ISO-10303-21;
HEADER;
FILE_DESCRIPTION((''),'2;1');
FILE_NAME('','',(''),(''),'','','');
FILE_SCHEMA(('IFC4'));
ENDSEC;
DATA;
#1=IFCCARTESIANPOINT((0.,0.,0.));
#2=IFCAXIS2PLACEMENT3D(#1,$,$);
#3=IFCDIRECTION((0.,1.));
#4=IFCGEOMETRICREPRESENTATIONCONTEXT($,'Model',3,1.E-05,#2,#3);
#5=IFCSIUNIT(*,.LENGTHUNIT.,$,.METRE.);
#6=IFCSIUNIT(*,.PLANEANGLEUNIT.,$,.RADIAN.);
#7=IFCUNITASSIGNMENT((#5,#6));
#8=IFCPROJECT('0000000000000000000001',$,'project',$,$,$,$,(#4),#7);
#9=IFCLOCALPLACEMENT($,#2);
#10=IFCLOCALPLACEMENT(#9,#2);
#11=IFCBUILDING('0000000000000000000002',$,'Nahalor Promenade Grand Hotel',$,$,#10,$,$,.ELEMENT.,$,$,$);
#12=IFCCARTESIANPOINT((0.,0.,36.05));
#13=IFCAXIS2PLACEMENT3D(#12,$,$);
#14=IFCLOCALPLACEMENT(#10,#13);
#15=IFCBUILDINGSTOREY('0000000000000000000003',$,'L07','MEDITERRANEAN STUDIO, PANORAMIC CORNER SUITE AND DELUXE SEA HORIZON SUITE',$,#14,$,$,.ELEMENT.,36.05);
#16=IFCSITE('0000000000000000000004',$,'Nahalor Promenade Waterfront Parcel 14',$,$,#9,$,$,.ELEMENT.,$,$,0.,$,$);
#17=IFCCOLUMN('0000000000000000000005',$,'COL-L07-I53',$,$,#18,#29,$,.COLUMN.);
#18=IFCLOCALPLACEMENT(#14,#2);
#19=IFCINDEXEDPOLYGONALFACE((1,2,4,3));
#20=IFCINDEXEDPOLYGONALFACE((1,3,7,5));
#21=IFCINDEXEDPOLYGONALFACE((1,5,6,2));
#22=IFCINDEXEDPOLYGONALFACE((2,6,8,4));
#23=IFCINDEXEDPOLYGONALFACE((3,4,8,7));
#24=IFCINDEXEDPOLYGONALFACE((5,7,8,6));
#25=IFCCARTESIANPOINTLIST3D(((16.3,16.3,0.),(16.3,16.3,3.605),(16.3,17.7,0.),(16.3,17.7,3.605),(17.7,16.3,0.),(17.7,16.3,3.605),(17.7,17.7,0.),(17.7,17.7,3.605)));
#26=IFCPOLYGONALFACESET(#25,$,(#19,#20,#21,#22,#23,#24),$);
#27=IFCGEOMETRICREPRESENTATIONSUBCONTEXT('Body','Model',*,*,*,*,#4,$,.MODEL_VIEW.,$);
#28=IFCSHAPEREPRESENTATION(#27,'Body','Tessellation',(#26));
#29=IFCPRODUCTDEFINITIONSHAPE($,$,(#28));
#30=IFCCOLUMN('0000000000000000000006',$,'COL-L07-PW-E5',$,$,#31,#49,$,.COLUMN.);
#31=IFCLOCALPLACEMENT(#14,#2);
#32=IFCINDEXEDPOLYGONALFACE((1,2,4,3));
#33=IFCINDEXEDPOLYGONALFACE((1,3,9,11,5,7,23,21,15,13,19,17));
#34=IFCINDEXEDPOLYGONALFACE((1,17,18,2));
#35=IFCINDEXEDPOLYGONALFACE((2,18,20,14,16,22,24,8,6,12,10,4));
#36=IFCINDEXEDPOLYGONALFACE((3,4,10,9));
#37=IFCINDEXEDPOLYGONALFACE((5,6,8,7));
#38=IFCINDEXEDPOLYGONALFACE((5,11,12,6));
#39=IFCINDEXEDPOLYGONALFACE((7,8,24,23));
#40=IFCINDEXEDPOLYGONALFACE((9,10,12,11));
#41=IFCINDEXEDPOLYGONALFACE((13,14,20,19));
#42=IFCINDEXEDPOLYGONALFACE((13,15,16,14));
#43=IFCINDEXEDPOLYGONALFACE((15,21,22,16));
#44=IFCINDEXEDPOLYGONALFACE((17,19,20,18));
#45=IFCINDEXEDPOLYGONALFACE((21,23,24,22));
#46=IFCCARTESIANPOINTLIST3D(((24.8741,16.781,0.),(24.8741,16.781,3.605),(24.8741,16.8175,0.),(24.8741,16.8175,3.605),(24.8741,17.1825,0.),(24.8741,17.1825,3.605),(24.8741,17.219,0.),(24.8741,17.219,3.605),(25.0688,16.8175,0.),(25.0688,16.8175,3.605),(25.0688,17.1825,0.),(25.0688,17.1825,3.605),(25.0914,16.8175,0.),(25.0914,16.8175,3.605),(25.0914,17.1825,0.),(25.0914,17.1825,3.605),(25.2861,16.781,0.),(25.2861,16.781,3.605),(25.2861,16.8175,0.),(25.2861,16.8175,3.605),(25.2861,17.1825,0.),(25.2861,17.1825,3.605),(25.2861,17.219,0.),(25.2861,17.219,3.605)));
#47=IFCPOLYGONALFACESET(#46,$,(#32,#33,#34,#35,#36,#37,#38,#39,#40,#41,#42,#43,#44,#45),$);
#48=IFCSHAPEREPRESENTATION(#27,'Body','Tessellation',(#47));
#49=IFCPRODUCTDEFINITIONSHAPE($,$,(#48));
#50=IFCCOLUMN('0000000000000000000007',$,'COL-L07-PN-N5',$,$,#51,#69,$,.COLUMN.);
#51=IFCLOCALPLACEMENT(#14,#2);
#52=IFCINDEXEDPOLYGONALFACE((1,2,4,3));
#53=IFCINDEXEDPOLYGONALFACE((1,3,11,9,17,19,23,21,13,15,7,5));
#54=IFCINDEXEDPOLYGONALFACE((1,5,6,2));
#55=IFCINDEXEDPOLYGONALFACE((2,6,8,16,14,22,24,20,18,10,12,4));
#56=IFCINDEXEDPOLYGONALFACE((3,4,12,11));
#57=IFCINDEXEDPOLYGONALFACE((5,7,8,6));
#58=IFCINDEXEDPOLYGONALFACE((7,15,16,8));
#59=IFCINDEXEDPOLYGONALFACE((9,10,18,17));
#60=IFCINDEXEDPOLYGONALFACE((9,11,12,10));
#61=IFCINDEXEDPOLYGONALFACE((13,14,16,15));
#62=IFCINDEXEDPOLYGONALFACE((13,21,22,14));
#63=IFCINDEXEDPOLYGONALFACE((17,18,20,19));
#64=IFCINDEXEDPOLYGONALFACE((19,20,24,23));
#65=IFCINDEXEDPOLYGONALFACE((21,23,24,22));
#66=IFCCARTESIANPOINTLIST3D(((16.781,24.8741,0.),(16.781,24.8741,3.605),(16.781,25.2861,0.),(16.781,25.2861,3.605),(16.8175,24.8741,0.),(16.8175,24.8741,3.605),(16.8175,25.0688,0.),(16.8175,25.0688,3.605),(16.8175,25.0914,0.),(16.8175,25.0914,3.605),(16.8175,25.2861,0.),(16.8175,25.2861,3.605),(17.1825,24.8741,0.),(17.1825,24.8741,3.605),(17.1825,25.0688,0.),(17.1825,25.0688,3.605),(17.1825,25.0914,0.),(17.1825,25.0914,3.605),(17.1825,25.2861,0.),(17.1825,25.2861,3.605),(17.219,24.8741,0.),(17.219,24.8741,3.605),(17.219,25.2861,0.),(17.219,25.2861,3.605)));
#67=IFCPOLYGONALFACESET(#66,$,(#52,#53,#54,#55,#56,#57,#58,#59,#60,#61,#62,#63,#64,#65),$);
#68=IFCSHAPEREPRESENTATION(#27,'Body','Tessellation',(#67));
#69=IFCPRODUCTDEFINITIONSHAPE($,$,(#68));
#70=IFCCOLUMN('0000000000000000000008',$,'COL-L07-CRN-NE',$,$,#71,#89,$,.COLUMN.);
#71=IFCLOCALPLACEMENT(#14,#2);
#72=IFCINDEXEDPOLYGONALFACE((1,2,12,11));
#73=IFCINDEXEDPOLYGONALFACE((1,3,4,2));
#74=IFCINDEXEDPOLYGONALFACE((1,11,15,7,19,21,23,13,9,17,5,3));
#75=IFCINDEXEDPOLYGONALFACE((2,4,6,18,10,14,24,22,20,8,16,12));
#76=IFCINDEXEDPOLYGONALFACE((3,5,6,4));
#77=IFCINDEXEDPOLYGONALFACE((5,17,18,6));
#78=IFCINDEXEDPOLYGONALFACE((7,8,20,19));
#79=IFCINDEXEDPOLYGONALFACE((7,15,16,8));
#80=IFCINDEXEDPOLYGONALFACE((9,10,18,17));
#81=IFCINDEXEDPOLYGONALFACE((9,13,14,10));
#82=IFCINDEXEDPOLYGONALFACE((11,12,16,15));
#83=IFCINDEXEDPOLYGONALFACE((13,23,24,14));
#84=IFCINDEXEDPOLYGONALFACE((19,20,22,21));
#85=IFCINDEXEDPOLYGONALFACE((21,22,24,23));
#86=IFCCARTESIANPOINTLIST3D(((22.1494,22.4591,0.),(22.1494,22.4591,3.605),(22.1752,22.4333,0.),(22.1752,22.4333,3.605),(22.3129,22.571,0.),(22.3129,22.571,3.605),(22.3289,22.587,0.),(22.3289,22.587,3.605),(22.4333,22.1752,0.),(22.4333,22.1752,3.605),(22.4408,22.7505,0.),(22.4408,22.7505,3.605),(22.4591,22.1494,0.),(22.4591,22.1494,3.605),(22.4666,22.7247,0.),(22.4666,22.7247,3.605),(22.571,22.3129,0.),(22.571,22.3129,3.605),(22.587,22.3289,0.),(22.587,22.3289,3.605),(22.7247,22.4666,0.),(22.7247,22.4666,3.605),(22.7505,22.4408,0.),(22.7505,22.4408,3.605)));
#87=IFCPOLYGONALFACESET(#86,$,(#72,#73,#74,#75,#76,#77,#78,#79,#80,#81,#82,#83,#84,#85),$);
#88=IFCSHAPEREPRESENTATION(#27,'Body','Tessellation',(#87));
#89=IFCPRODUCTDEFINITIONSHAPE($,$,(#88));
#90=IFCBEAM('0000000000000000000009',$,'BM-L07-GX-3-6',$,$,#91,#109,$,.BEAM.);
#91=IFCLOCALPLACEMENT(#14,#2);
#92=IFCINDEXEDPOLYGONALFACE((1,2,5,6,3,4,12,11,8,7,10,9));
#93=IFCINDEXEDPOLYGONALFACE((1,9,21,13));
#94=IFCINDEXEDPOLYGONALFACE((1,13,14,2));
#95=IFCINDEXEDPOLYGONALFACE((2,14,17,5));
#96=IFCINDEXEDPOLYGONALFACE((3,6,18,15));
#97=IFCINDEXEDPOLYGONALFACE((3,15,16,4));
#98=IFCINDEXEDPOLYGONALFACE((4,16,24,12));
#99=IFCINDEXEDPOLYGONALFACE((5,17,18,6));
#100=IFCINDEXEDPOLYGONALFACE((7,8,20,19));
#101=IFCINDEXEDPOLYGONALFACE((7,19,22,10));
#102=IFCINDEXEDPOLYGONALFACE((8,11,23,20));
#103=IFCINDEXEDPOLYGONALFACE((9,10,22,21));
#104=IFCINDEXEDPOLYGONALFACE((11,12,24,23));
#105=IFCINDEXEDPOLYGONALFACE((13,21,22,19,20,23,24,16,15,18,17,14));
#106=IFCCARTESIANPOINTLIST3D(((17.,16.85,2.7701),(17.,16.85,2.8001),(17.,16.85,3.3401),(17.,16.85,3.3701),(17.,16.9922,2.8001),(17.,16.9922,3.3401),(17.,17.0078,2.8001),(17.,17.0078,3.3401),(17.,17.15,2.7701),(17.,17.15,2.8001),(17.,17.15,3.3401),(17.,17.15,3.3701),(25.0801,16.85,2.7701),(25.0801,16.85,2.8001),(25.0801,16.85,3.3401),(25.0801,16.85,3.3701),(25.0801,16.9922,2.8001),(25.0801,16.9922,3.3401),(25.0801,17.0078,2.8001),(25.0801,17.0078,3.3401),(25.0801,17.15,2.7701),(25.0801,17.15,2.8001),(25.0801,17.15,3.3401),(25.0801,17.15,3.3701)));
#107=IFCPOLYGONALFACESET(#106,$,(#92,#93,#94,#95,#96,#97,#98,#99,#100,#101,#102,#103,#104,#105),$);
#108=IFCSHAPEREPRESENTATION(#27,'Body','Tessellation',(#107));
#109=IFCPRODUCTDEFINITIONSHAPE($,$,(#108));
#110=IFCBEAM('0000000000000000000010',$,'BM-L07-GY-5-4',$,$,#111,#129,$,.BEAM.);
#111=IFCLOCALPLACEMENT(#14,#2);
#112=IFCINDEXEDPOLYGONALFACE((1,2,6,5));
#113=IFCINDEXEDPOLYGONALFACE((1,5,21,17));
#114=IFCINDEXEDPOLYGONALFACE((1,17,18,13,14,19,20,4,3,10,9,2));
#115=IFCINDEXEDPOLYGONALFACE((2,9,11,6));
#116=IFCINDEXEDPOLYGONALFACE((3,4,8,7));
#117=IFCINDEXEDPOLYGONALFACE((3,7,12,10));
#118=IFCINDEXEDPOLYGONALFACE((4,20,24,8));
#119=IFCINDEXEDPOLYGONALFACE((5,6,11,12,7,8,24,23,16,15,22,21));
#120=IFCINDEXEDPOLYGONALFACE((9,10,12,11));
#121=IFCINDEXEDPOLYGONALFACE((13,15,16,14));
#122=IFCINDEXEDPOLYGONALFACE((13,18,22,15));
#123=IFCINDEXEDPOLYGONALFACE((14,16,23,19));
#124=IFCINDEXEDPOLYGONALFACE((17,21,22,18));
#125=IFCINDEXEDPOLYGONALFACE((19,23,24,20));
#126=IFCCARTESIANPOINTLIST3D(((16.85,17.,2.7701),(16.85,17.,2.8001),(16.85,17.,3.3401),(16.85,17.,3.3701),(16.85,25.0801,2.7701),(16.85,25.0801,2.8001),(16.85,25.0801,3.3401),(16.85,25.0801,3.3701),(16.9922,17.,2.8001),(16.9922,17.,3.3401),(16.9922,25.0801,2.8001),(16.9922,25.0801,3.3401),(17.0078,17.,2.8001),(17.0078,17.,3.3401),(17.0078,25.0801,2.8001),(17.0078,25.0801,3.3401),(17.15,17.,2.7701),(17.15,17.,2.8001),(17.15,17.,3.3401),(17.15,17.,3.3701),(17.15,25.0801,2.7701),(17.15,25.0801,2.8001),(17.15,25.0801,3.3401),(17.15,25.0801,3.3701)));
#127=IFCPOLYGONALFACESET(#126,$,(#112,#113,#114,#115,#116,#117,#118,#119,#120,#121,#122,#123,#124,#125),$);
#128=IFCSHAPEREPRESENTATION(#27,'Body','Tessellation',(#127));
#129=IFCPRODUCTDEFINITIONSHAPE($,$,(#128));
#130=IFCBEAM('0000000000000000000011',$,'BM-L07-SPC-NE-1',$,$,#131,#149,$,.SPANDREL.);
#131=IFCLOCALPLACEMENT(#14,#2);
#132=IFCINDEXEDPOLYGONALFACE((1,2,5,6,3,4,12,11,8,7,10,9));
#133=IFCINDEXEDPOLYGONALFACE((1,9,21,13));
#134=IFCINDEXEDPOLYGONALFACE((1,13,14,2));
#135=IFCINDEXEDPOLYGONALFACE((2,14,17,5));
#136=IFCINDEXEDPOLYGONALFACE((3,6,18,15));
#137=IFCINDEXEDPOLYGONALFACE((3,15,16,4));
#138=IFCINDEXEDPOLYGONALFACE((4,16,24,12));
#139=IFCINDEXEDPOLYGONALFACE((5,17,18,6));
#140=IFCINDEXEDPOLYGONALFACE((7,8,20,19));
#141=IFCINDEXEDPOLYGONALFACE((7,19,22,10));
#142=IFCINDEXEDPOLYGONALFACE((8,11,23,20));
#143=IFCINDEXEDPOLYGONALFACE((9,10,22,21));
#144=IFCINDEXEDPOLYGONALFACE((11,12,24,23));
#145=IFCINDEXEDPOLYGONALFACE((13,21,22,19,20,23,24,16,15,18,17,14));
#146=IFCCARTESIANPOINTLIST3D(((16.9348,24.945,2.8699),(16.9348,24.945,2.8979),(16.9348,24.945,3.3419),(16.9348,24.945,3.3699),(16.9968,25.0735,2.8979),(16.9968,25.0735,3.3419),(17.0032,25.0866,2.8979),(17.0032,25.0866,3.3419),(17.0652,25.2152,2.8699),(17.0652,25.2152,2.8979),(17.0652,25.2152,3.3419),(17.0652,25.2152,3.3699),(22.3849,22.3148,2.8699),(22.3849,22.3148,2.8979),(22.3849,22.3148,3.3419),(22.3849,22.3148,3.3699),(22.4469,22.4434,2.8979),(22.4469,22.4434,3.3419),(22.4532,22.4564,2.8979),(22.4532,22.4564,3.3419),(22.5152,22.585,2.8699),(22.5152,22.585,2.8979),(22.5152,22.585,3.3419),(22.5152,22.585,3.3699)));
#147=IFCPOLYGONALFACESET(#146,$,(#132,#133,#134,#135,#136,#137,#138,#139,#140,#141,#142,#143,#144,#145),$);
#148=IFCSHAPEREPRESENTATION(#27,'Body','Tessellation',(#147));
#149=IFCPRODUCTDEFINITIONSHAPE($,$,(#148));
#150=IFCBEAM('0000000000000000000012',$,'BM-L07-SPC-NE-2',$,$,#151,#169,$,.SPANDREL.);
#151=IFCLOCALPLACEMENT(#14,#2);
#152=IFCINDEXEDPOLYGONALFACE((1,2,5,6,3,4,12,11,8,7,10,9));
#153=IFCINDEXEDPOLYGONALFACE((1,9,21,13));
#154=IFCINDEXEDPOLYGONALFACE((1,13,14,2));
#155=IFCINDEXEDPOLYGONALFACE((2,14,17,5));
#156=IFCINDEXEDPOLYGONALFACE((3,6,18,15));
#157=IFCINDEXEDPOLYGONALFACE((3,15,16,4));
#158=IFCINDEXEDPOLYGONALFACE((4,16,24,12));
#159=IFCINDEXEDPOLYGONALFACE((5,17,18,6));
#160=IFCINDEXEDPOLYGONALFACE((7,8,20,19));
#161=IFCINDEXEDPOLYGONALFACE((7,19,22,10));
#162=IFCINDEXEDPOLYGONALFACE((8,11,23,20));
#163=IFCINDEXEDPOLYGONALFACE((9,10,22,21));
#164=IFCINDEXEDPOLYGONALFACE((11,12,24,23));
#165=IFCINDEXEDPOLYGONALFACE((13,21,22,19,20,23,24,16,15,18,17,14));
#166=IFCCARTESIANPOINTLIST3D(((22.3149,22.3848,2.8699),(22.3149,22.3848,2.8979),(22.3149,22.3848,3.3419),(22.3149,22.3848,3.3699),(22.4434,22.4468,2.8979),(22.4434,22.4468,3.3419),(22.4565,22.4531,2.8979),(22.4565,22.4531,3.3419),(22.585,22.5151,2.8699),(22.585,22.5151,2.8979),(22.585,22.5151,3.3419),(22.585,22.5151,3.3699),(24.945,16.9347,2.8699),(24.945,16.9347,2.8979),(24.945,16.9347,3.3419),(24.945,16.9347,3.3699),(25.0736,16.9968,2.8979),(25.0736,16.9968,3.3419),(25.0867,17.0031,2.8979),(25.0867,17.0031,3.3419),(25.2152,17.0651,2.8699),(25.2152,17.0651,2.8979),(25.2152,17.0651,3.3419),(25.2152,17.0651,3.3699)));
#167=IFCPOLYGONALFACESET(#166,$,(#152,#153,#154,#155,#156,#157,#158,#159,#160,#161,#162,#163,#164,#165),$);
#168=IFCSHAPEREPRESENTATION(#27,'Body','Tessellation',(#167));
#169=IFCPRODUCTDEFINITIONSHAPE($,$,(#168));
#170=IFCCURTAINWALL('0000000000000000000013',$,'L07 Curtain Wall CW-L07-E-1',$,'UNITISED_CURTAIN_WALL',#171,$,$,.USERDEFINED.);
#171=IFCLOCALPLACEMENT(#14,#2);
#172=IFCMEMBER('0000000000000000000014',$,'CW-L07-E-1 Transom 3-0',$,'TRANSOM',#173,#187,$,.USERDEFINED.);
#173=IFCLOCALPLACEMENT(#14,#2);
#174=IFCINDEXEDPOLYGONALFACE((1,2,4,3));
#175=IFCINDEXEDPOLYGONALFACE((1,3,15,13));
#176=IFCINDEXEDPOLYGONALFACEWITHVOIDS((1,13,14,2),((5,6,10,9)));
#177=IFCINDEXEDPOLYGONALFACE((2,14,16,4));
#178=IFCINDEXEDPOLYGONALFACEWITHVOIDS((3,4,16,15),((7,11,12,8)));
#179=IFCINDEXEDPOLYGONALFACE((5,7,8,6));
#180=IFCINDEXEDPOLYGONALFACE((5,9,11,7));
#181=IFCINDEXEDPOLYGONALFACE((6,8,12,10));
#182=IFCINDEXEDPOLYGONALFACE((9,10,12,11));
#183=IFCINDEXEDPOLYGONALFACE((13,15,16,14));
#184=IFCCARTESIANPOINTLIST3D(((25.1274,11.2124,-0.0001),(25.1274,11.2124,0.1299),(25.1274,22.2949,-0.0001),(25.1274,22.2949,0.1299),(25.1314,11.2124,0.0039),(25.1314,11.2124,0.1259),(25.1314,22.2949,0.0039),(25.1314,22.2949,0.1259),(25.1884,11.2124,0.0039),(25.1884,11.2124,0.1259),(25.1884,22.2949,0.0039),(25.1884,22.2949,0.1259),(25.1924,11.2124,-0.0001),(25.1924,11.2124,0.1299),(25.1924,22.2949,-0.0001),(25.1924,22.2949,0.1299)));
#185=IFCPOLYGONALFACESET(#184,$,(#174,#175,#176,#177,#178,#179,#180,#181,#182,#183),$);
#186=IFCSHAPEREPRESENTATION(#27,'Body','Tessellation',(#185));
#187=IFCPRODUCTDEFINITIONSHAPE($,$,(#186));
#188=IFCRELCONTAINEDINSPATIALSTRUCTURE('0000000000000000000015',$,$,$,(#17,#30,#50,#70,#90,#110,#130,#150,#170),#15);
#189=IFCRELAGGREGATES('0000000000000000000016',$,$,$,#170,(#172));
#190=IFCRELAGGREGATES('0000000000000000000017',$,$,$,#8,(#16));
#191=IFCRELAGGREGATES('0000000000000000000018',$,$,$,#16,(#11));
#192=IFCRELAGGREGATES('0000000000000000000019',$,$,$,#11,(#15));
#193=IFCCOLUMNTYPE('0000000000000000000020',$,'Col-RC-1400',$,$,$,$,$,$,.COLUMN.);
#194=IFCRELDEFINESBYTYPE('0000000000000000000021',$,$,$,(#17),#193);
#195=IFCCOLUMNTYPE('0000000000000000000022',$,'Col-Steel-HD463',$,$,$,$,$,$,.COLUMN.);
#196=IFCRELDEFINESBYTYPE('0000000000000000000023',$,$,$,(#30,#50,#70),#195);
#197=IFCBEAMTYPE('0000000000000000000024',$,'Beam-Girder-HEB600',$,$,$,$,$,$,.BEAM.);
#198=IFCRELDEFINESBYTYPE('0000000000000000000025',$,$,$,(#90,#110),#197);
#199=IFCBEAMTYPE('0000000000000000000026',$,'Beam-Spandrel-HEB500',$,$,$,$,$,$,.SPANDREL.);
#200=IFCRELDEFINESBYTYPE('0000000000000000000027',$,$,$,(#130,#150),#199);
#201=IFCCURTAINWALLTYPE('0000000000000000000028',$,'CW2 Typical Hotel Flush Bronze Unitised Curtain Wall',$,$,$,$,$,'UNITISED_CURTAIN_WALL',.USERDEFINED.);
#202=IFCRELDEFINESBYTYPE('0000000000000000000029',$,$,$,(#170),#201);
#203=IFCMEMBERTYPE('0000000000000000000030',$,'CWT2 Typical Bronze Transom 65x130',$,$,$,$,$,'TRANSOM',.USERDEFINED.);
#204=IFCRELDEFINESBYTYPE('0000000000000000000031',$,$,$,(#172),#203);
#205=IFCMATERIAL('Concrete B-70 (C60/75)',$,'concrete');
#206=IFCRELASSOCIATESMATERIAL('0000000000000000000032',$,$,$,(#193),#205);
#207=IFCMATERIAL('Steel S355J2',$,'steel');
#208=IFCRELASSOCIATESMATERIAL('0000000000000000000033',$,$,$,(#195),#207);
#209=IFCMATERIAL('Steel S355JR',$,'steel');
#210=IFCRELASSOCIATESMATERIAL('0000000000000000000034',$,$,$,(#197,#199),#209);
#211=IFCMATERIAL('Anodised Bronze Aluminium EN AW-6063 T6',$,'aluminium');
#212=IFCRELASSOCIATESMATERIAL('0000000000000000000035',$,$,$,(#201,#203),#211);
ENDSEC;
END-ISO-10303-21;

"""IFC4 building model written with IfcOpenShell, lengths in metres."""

from ifc_helpers import new_model, si_unit, direction, frame, origin, origin_2d, place, context, subcontext, project, spatial, rectangle, hollow_rectangle, i_section, extrude, source, transform, mapped, material, material_profile, profile_set, type_object, element, aggregate, save


model = new_model("IFC4")

# Units and contexts
model_context = context("Model", 3, precision=1e-05, world=origin(), true_north=direction((0.0, 1.0)))
body_context = subcontext(model_context, "Body", "Model", "MODEL_VIEW")
ifc_project = project(units=[si_unit("LENGTHUNIT", "METRE"), si_unit("PLANEANGLEUNIT", "RADIAN")], contexts=[model_context])

# Site, building, storey
site_placement = place(None, origin())
site = spatial("IfcSite", under=ifc_project, at=site_placement, Name="Nahalor Promenade Waterfront Parcel 14", CompositionType="ELEMENT", RefElevation=0.0)
building_placement = place(site_placement, origin())
building = spatial("IfcBuilding", under=site, at=building_placement, Name="Nahalor Promenade Grand Hotel", CompositionType="ELEMENT")
storey_placement = place(building_placement, frame((0.0, 0.0, 36.05)))
storey = spatial("IfcBuildingStorey", under=building, at=storey_placement, Name="L07", Description="MEDITERRANEAN STUDIO, PANORAMIC CORNER SUITE AND DELUXE SEA HORIZON SUITE", CompositionType="ELEMENT", Elevation=36.05)

# Columns
ifc_material_1 = material(Name="Concrete B-70 (C60/75)", Category="concrete")
ifc_material_profile_1 = material_profile(ifc_material_1, rectangle(XDim=1.4, YDim=1.4, at=origin_2d()), Name="RC 1400x1400")
ifc_profile_set_1 = profile_set([ifc_material_profile_1], Name="Concrete B-70 (C60/75)")
column_type_1 = type_object("IfcColumnType", Name="Col-RC-1400", PredefinedType="COLUMN", material=ifc_profile_set_1)
shared_shape_1 = source(origin(), body_context, "Body", "SweptSolid", [
    extrude(rectangle(XDim=1.4, YDim=1.4, at=origin_2d()), origin(), (0.0, 0.0, 1.0), 3.605),
])
column_placement = place(storey_placement, frame((17.0, 17.0, 0.0), z_axis=(0.0, 0.0, 1.0), x_axis=(1.0, 0.0, 0.0)))
element("IfcColumn", 1, at=column_placement, inside=storey, type_object=column_type_1, Name="COL-L07-I53", PredefinedType="COLUMN", context=body_context, shape_type="MappedRepresentation", body=[
    mapped(shared_shape_1, transform((0.0, 0.0, 0.0), scale=1.0)),
])
ifc_material_2 = material(Name="Steel S355J2", Category="steel")
ifc_material_profile_2 = material_profile(ifc_material_2, i_section(OverallWidth=0.412, OverallDepth=0.438, WebThickness=0.0226, FlangeThickness=0.0365, at=origin_2d()), Name="HD 400x463")
ifc_profile_set_2 = profile_set([ifc_material_profile_2], Name="Steel S355J2")
column_type_2 = type_object("IfcColumnType", Name="Col-Steel-HD463", PredefinedType="COLUMN", material=ifc_profile_set_2)
shared_shape_2 = source(origin(), body_context, "Body", "SweptSolid", [
    extrude(i_section(OverallWidth=0.412, OverallDepth=0.438, WebThickness=0.0226, FlangeThickness=0.0365, at=origin_2d()), origin(), (0.0, 0.0, 1.0), 3.605),
])
for number, where, z_axis, x_axis, name in (
    (2, (25.0801, 17.0, 0.0), (0.0, 0.0, 1.0), (1.0, 0.0, 0.0), "COL-L07-PW-E5"),
    (3, (17.0, 25.0801, 0.0), (0.0, 0.0, 1.0), (0.0, 1.0, 0.0), "COL-L07-PN-N5"),
    (4, (22.45, 22.45, 0.0), (0.0, 0.0, 1.0), (0.707107, 0.707107, 0.0), "COL-L07-CRN-NE"),
):
    element("IfcColumn", number, at=place(storey_placement, frame(where, z_axis=z_axis, x_axis=x_axis)), inside=storey, type_object=column_type_2, Name=name, PredefinedType="COLUMN", context=body_context, shape_type="MappedRepresentation", body=[
        mapped(shared_shape_2, transform((0.0, 0.0, 0.0), scale=1.0)),
    ])

# Beams
ifc_material_3 = material(Name="Steel S355JR", Category="steel")
ifc_material_profile_3 = material_profile(ifc_material_3, i_section(OverallWidth=0.3, OverallDepth=0.6, WebThickness=0.0155, FlangeThickness=0.03, at=origin_2d()), Name="HEB 600")
ifc_profile_set_3 = profile_set([ifc_material_profile_3], Name="Steel S355JR")
beam_type_1 = type_object("IfcBeamType", Name="Beam-Girder-HEB600", PredefinedType="BEAM", material=ifc_profile_set_3)
shared_shape_3 = source(origin(), body_context, "Body", "SweptSolid", [
    extrude(i_section(OverallWidth=0.3, OverallDepth=0.6, WebThickness=0.0155, FlangeThickness=0.03, at=origin_2d()), origin(), (0.0, 0.0, 1.0), 8.0801),
])
for number, where, z_axis, x_axis, name in (
    (5, (17.0, 17.0, 3.0701), (1.0, 0.0, 0.0), (0.0, 1.0, 0.0), "BM-L07-GX-3-6"),
    (6, (17.0, 17.0, 3.0701), (0.0, 1.0, 0.0), (-1.0, 0.0, 0.0), "BM-L07-GY-5-4"),
):
    element("IfcBeam", number, at=place(storey_placement, frame(where, z_axis=z_axis, x_axis=x_axis)), inside=storey, type_object=beam_type_1, Name=name, PredefinedType="BEAM", context=body_context, shape_type="MappedRepresentation", body=[
        mapped(shared_shape_3, transform((0.0, 0.0, 0.0), scale=1.0)),
    ])
ifc_material_profile_4 = material_profile(ifc_material_3, i_section(OverallWidth=0.3, OverallDepth=0.5, WebThickness=0.0145, FlangeThickness=0.028, at=origin_2d()), Name="HEB 500")
ifc_profile_set_4 = profile_set([ifc_material_profile_4], Name="Steel S355JR")
beam_type_2 = type_object("IfcBeamType", Name="Beam-Spandrel-HEB500", PredefinedType="SPANDREL", material=ifc_profile_set_4)
shared_shape_4 = source(origin(), body_context, "Body", "SweptSolid", [
    extrude(i_section(OverallWidth=0.3, OverallDepth=0.5, WebThickness=0.0145, FlangeThickness=0.028, at=origin_2d()), origin(), (0.0, 0.0, 1.0), 6.0515),
])
for number, where, z_axis, x_axis, name in (
    (7, (17.0, 25.0801, 3.1199), (0.900609, -0.434631, 0.0), (0.434631, 0.900609, 0.0), "BM-L07-SPC-NE-1"),
    (8, (22.45, 22.45, 3.1199), (0.434631, -0.900609, 0.0), (0.900609, 0.434631, 0.0), "BM-L07-SPC-NE-2"),
):
    element("IfcBeam", number, at=place(storey_placement, frame(where, z_axis=z_axis, x_axis=x_axis)), inside=storey, type_object=beam_type_2, Name=name, PredefinedType="SPANDREL", context=body_context, shape_type="MappedRepresentation", body=[
        mapped(shared_shape_4, transform((0.0, 0.0, 0.0), scale=1.0)),
    ])

# Curtain wall, member
ifc_material_4 = material(Name="Anodised Bronze Aluminium EN AW-6063 T6", Category="aluminium")
curtain_wall_type = type_object("IfcCurtainWallType", Name="CW2 Typical Hotel Flush Bronze Unitised Curtain Wall", ElementType="UNITISED_CURTAIN_WALL", PredefinedType="USERDEFINED", material=ifc_material_4)
curtain_wall_1_placement = place(storey_placement, origin())
curtain_wall_1 = element("IfcCurtainWall", 9, at=curtain_wall_1_placement, inside=storey, type_object=curtain_wall_type, Name="L07 Curtain Wall CW-L07-E-1", ObjectType="UNITISED_CURTAIN_WALL", PredefinedType="USERDEFINED")
ifc_material_profile_5 = material_profile(ifc_material_4, hollow_rectangle(XDim=0.065, YDim=0.13, WallThickness=0.004, at=origin_2d()), Name="CWT 65x130x4")
ifc_profile_set_5 = profile_set([ifc_material_profile_5], Name="Anodised Bronze Aluminium EN AW-6063 T6")
member_type_1 = type_object("IfcMemberType", Name="CWT2 Typical Bronze Transom 65x130", ElementType="TRANSOM", PredefinedType="USERDEFINED", material=ifc_profile_set_5)
shared_shape_5 = source(origin(), body_context, "Body", "SweptSolid", [
    extrude(hollow_rectangle(XDim=0.065, YDim=0.13, WallThickness=0.004, at=origin_2d()), origin(), (0.0, 0.0, 1.0), 11.0825),
])
member_1_placement = place(storey_placement, frame((25.1599, 11.2124, 0.0649), z_axis=(0.0, 1.0, 0.0), x_axis=(-1.0, 0.0, 0.0)))
member_1 = element("IfcMember", 10, at=member_1_placement, type_object=member_type_1, Name="CW-L07-E-1 Transom 3-0", ObjectType="TRANSOM", PredefinedType="USERDEFINED", context=body_context, shape_type="MappedRepresentation", body=[
    mapped(shared_shape_5, transform((0.0, 0.0, 0.0), scale=1.0)),
])

aggregate(curtain_wall_1, [member_1])

save(model, "model.ifc")
